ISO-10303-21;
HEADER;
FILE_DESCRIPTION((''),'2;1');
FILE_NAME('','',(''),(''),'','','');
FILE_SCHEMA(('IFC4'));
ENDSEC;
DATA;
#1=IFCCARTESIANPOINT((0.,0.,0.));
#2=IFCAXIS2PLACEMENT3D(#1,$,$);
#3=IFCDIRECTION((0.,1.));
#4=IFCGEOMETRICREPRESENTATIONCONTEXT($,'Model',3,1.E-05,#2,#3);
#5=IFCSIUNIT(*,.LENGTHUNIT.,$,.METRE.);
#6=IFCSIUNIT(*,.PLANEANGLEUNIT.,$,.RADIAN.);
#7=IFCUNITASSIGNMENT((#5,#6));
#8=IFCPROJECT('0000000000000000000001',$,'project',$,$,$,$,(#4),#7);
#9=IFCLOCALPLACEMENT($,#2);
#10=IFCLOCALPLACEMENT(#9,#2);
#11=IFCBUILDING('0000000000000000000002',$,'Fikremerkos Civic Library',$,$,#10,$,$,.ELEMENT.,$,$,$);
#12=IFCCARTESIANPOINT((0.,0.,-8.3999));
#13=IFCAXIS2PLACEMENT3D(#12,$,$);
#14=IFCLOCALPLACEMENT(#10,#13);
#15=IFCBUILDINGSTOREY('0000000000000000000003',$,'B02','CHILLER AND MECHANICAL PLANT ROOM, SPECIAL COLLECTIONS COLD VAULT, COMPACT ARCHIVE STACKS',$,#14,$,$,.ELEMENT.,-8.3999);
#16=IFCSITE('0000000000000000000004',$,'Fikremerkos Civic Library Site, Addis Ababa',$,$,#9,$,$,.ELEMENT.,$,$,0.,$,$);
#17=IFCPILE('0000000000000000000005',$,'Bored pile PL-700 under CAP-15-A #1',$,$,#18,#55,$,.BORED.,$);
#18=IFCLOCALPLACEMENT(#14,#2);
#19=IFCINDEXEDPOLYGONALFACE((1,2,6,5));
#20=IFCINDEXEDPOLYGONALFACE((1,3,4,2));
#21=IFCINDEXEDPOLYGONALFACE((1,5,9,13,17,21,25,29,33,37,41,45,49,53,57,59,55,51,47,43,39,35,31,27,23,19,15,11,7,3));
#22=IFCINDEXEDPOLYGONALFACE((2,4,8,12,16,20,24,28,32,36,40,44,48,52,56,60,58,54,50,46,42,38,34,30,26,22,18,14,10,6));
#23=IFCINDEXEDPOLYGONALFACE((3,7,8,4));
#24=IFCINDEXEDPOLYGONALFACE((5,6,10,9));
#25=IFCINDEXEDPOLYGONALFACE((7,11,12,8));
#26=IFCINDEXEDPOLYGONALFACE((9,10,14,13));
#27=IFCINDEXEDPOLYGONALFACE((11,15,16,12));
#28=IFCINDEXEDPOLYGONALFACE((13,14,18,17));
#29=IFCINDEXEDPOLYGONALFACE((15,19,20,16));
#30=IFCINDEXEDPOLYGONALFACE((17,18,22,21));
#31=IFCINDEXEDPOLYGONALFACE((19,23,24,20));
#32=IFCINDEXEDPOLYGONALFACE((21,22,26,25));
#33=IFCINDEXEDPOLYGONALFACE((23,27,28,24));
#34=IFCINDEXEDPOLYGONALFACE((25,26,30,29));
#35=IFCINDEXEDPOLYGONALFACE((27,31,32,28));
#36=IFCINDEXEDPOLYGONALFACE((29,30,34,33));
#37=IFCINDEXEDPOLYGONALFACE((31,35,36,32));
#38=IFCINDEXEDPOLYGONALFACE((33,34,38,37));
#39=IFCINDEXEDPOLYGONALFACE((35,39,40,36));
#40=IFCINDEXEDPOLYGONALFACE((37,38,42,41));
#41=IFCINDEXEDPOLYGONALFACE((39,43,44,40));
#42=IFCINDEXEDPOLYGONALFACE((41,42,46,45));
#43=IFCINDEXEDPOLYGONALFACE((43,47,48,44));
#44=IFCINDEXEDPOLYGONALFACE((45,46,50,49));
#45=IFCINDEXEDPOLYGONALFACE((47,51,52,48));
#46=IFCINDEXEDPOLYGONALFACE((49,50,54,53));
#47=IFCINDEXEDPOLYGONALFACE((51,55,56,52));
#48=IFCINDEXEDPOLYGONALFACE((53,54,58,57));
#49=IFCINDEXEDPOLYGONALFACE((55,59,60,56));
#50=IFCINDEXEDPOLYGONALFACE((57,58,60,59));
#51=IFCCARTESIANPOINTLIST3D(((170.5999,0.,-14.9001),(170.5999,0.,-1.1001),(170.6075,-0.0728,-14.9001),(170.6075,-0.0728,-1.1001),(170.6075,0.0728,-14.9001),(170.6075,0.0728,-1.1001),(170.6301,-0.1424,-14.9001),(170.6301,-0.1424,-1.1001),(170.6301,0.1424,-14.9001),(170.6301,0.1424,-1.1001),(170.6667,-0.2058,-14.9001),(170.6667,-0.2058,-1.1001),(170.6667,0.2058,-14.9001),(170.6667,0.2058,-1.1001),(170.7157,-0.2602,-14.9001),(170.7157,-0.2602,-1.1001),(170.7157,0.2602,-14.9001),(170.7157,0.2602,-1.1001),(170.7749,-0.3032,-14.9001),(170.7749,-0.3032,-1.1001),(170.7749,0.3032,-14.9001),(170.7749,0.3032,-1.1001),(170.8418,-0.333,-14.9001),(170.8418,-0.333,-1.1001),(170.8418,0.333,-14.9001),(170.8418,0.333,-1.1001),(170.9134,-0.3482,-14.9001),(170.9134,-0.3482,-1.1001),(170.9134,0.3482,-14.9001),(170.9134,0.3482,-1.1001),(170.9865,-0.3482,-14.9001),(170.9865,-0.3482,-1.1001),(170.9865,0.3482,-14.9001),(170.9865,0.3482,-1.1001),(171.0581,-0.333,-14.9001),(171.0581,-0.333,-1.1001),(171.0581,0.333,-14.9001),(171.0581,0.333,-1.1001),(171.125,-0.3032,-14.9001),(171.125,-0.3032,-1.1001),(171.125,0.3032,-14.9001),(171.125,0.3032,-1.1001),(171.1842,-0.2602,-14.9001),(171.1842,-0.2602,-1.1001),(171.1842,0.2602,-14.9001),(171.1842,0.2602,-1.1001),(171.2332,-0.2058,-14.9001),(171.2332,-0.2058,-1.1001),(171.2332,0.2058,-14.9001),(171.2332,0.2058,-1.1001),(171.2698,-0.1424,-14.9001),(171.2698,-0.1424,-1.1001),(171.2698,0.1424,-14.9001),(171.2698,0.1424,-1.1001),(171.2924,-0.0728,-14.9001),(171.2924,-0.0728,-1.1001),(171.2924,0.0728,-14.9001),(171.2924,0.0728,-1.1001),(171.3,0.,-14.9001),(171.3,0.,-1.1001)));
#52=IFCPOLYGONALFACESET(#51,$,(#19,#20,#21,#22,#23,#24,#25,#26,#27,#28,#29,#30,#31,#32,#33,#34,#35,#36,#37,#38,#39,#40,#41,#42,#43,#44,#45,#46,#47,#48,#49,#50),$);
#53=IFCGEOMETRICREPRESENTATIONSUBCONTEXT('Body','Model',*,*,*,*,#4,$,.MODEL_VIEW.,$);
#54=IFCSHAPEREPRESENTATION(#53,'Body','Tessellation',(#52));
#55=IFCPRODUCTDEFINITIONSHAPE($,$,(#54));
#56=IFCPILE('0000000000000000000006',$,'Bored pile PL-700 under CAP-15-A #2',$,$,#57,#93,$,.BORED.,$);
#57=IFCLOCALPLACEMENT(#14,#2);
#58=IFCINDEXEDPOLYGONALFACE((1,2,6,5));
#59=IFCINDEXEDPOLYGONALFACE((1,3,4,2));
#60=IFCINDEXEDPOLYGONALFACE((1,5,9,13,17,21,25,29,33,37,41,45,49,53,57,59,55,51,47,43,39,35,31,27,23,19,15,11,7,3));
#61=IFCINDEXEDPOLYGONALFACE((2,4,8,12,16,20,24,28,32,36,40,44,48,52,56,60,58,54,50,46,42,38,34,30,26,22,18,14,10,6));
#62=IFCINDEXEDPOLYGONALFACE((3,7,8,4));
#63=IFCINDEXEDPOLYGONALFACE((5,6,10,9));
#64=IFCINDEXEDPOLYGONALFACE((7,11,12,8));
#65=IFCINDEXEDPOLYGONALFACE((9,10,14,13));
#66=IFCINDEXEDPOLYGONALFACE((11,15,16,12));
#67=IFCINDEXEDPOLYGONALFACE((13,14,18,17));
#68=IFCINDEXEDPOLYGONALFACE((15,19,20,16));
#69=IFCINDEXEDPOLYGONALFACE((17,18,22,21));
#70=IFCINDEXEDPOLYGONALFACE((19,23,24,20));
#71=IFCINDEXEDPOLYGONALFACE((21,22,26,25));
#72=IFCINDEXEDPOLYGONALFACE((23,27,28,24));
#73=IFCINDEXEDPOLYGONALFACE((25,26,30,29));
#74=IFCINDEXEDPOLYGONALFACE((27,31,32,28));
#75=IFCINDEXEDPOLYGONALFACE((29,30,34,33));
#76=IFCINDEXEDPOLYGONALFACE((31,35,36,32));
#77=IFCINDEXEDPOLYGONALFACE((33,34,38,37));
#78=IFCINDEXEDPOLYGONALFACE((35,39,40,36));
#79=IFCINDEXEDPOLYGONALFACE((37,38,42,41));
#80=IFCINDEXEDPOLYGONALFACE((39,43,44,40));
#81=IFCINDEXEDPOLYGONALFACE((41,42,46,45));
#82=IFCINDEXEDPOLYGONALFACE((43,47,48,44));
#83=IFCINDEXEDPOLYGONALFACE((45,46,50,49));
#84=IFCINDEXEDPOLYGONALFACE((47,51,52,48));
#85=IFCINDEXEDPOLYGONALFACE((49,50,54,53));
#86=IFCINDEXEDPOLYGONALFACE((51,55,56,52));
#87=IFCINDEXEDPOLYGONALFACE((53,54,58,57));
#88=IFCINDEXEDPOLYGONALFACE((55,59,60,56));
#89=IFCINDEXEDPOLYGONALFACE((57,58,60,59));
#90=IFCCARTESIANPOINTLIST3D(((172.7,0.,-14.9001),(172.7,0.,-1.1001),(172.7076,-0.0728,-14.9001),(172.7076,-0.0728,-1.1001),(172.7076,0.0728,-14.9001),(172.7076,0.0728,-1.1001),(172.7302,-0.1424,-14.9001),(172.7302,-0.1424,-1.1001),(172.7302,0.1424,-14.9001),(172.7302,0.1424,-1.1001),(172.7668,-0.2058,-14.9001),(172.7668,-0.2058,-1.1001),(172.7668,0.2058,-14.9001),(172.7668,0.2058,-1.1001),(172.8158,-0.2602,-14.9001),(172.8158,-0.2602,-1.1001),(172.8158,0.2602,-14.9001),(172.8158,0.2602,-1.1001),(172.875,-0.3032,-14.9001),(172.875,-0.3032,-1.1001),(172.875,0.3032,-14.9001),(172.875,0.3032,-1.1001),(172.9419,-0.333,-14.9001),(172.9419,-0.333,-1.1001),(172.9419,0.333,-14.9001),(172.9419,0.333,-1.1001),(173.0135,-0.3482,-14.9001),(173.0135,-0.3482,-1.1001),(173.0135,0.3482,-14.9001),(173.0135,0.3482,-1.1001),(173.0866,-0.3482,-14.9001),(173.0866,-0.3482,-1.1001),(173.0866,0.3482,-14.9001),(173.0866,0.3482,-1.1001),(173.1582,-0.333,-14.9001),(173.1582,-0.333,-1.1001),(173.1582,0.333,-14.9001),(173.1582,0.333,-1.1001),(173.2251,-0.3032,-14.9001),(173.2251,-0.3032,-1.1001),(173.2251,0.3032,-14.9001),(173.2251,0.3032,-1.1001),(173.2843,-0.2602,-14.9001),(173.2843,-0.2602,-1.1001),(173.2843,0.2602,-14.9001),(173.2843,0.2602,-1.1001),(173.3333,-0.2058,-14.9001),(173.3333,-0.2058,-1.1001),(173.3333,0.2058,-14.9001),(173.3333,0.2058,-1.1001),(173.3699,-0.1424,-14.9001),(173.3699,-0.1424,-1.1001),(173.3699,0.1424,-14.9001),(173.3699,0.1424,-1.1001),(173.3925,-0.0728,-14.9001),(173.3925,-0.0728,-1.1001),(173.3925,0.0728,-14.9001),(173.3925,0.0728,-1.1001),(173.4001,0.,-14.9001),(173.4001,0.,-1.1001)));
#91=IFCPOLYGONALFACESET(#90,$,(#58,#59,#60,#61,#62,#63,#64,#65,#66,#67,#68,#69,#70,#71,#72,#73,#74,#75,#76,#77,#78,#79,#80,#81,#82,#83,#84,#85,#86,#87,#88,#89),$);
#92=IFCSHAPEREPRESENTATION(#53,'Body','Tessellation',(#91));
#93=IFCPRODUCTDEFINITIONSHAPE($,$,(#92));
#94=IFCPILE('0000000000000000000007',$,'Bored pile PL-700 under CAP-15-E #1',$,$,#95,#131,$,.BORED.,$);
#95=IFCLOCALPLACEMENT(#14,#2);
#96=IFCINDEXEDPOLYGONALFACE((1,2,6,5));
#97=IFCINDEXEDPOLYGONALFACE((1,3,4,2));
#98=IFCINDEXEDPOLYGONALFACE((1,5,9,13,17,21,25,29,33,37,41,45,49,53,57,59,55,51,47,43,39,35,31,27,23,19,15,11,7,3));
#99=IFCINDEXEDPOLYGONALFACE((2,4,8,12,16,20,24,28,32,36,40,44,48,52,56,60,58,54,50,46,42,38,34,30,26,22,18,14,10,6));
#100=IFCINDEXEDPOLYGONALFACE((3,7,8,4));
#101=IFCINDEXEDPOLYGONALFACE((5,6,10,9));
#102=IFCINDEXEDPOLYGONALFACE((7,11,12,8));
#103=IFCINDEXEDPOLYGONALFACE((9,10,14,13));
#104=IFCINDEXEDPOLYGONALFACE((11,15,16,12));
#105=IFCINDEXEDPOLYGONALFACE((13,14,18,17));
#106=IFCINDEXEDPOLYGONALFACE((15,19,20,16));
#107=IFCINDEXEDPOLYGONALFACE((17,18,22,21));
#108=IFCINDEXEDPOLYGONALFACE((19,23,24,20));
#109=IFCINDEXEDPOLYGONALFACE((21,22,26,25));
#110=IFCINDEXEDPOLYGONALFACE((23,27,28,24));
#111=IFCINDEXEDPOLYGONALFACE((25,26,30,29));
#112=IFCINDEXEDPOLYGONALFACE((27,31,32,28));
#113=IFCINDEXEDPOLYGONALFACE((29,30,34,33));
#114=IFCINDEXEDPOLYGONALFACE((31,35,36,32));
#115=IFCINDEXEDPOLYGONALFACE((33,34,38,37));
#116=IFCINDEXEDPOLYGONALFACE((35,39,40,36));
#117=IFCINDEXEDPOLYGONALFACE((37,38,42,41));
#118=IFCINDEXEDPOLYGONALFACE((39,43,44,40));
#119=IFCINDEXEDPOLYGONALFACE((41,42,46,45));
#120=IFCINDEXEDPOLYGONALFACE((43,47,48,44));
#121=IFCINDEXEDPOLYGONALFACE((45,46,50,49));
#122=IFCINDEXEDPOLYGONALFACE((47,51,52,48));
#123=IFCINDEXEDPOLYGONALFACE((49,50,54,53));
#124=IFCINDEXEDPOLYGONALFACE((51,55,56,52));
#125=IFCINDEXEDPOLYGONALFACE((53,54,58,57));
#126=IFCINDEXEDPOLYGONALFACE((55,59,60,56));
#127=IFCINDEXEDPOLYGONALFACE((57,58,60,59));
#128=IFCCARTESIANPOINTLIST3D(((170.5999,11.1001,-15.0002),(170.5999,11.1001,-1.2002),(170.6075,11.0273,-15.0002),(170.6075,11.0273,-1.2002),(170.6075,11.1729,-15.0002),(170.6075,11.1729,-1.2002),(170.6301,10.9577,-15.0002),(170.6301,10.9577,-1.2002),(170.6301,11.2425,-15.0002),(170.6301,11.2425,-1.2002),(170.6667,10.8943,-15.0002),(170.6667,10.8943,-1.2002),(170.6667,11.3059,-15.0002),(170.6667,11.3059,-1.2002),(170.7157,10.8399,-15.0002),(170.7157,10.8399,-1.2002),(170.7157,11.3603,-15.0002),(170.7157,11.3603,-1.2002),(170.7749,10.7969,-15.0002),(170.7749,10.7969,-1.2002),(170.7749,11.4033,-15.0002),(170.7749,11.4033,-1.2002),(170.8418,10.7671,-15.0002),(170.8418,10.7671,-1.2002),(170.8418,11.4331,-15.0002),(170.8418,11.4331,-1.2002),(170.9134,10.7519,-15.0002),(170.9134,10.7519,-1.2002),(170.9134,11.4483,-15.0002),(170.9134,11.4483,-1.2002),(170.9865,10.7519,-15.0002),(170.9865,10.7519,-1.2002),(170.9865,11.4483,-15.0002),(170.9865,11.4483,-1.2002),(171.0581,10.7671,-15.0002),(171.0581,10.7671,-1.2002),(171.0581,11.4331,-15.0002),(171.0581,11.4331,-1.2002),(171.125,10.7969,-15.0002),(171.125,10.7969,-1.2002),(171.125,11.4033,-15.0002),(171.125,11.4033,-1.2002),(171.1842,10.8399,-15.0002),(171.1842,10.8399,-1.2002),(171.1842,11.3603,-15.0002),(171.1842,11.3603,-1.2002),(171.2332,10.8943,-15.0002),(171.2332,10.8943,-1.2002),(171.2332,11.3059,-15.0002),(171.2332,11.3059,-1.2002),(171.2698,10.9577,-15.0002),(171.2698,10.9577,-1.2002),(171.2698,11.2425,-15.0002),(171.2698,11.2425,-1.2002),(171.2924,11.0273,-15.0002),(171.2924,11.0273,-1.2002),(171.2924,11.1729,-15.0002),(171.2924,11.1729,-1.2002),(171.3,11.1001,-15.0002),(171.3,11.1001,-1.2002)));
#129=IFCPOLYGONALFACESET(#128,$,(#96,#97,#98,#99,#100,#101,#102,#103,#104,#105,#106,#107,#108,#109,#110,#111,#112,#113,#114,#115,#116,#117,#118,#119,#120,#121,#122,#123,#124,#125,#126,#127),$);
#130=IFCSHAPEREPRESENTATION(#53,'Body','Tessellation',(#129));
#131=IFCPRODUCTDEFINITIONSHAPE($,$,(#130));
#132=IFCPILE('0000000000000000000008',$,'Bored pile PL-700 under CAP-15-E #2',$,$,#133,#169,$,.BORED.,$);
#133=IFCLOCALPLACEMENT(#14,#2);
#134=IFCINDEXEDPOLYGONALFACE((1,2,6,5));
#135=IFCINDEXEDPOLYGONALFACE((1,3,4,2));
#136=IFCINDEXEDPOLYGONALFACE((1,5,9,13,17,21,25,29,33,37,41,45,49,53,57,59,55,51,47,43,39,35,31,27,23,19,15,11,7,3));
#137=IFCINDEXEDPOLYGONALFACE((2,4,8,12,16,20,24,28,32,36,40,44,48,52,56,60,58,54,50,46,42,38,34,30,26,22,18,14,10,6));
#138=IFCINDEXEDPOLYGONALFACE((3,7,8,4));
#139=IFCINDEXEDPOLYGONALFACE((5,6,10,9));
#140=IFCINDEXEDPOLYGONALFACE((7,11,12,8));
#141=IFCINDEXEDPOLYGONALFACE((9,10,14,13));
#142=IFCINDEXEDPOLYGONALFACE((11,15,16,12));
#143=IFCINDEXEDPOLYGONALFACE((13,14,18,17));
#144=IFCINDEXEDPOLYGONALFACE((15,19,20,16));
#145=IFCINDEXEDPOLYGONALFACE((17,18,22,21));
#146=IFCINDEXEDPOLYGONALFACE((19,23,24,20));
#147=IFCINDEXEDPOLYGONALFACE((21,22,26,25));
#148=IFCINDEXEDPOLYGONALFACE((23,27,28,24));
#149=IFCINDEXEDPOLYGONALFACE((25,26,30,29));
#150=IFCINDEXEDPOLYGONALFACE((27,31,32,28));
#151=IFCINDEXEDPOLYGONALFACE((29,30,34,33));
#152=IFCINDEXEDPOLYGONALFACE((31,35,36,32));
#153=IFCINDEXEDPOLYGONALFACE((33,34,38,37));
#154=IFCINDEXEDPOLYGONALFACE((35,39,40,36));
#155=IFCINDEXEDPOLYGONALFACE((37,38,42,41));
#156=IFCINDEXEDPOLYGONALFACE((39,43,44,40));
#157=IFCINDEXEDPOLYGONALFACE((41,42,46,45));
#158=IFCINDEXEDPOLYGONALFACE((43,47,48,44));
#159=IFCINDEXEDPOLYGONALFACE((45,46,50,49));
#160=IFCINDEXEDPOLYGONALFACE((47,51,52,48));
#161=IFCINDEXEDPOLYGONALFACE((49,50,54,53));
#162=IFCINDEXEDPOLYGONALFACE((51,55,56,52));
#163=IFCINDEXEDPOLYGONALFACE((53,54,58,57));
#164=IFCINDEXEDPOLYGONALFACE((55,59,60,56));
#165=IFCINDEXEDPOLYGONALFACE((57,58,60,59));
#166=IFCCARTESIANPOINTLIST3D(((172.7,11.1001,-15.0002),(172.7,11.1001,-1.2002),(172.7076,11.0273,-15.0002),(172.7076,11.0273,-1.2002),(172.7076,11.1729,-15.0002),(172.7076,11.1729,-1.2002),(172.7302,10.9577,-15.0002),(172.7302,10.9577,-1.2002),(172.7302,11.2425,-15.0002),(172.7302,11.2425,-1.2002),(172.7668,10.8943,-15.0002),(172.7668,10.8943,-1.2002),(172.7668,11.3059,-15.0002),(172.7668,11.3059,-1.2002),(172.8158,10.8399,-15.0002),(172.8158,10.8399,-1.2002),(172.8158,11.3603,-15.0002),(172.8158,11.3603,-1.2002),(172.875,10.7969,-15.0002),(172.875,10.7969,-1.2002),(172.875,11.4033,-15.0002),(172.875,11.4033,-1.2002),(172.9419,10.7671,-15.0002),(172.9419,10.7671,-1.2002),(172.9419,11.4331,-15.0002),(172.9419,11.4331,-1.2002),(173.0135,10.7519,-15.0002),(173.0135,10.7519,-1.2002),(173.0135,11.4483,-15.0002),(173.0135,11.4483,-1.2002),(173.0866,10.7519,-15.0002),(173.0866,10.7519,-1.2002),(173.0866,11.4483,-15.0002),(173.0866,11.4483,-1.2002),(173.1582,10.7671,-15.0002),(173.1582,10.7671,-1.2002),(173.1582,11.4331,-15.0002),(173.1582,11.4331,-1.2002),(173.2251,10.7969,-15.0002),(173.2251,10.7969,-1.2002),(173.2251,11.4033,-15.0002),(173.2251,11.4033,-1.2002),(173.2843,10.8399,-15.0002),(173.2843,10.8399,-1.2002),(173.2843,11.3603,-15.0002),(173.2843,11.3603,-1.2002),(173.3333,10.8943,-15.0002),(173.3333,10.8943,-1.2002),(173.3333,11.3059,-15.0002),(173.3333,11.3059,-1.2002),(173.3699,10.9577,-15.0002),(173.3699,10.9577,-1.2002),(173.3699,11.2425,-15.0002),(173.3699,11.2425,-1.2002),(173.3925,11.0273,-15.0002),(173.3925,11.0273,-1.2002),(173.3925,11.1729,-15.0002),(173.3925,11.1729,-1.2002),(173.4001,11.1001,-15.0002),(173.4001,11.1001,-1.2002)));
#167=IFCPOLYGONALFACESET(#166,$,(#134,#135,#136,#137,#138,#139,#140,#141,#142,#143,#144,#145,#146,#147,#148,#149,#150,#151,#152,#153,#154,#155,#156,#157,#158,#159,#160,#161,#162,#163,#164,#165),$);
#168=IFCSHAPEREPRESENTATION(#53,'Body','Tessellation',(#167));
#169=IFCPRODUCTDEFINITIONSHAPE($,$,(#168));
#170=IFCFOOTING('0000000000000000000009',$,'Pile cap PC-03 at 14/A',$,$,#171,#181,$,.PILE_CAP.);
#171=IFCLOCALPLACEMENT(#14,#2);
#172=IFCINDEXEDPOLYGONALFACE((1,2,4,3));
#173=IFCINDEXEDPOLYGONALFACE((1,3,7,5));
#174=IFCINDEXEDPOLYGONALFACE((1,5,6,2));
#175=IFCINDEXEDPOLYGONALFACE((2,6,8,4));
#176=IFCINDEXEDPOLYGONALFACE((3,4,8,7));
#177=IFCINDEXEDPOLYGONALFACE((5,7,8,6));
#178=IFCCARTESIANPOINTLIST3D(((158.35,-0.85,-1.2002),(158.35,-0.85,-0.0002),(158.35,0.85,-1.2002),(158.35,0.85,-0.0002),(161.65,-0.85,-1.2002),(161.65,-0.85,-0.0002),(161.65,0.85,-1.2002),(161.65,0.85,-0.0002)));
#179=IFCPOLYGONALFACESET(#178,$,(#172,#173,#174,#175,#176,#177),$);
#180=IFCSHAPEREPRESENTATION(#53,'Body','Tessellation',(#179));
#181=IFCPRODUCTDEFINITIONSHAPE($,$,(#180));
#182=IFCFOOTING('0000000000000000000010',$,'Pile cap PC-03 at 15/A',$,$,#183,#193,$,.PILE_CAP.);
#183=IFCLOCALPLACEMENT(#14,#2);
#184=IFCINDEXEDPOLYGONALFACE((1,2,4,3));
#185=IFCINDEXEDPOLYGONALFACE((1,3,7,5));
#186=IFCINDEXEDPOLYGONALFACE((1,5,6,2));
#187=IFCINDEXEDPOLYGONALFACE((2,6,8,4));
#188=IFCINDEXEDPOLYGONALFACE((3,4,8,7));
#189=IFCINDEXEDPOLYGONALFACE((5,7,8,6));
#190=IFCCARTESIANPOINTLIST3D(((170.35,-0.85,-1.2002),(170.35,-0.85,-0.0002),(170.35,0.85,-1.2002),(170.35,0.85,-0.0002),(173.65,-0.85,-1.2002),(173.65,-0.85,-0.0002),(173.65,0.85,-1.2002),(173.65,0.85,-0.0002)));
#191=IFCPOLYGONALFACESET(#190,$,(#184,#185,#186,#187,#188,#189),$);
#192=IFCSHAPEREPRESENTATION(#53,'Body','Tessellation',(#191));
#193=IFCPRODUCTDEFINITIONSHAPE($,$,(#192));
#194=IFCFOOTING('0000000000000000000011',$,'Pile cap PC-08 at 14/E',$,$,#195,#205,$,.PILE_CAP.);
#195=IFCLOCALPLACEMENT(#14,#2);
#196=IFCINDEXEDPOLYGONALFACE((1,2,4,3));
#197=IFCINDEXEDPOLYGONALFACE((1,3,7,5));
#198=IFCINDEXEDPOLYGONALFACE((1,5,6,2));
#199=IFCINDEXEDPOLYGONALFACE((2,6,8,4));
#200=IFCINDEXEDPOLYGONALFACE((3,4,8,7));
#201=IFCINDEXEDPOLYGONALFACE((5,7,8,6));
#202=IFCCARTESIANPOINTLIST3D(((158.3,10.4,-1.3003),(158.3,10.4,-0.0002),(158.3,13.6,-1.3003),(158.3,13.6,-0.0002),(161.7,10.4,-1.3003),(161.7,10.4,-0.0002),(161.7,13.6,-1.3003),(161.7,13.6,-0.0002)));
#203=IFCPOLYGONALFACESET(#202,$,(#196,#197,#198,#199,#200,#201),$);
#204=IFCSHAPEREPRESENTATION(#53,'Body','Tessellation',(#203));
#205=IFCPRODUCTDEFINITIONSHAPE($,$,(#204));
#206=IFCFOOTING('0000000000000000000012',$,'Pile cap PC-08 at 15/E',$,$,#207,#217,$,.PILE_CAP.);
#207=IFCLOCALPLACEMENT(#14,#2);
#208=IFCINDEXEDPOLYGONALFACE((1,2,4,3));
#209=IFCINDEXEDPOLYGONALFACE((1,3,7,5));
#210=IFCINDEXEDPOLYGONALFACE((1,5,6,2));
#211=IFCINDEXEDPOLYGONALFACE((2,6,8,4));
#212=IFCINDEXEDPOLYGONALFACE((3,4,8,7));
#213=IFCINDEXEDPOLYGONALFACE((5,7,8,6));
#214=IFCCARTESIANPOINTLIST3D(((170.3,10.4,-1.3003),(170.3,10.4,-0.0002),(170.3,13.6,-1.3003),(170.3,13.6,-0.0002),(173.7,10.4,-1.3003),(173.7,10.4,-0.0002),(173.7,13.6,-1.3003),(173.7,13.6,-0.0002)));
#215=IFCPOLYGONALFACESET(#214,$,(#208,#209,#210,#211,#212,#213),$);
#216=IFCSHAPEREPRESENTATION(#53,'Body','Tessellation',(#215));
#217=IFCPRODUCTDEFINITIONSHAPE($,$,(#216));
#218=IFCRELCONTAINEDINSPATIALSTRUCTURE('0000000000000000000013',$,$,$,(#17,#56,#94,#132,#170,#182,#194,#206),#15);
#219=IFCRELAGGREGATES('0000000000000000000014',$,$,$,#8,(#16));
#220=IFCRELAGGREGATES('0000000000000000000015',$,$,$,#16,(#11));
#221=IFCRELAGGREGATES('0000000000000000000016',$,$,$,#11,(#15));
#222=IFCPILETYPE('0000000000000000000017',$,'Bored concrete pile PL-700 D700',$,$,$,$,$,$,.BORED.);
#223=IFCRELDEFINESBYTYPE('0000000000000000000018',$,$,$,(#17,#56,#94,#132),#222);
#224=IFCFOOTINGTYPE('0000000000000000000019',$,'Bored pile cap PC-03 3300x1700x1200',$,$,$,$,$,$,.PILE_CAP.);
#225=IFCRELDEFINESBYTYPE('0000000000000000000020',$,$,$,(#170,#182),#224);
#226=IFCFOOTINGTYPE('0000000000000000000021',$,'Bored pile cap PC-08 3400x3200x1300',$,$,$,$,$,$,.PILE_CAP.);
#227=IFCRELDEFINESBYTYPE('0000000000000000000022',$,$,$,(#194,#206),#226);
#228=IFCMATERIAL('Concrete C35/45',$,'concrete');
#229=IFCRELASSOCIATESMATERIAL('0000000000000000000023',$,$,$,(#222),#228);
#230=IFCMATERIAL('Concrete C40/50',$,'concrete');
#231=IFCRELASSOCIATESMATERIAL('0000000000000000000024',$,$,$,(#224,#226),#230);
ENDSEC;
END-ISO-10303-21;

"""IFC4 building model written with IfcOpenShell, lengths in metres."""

from ifc_helpers import new_model, si_unit, direction, frame, origin, origin_2d, place, context, subcontext, project, spatial, rectangle, circle, extrude, material, material_profile, profile_set, type_object, element, save


model = new_model("IFC4")

# Units and contexts
model_context = context("Model", 3, precision=1e-05, world=origin(), true_north=direction((0.0, 1.0)))
body_context = subcontext(model_context, "Body", "Model", "MODEL_VIEW")
ifc_project = project(units=[si_unit("LENGTHUNIT", "METRE"), si_unit("PLANEANGLEUNIT", "RADIAN")], contexts=[model_context])

# Site, building, storey
site_placement = place(None, origin())
site = spatial("IfcSite", under=ifc_project, at=site_placement, Name="Fikremerkos Civic Library Site, Addis Ababa", CompositionType="ELEMENT", RefElevation=0.0)
building_placement = place(site_placement, origin())
building = spatial("IfcBuilding", under=site, at=building_placement, Name="Fikremerkos Civic Library", CompositionType="ELEMENT")
storey_placement = place(building_placement, frame((0.0, 0.0, -8.3999)))
storey = spatial("IfcBuildingStorey", under=building, at=storey_placement, Name="B02", Description="CHILLER AND MECHANICAL PLANT ROOM, SPECIAL COLLECTIONS COLD VAULT, COMPACT ARCHIVE STACKS", CompositionType="ELEMENT", Elevation=-8.3999)

# Piles
ifc_material_1 = material(Name="Concrete C35/45", Category="concrete")
ifc_material_profile_1 = material_profile(ifc_material_1, circle(Radius=0.3501, at=origin_2d()), Name="BORED PILE 700")
ifc_profile_set_1 = profile_set([ifc_material_profile_1], Name="Concrete C35/45")
pile_type_1 = type_object("IfcPileType", Name="Bored concrete pile PL-700 D700", PredefinedType="BORED", material=ifc_profile_set_1)
for number, where, z_axis, x_axis, name in (
    (1, (170.95, 0.0, -1.1001), (0.0, 0.0, -1.0), (1.0, 0.0, 0.0), "Bored pile PL-700 under CAP-15-A #1"),
    (2, (173.05, 0.0, -1.1001), (0.0, 0.0, -1.0), (1.0, 0.0, 0.0), "Bored pile PL-700 under CAP-15-A #2"),
    (3, (170.95, 11.1001, -1.2002), (0.0, 0.0, -1.0), (1.0, 0.0, 0.0), "Bored pile PL-700 under CAP-15-E #1"),
    (4, (173.05, 11.1001, -1.2002), (0.0, 0.0, -1.0), (1.0, 0.0, 0.0), "Bored pile PL-700 under CAP-15-E #2"),
):
    element("IfcPile", number, at=place(storey_placement, frame(where, z_axis=z_axis, x_axis=x_axis)), inside=storey, type_object=pile_type_1, Name=name, PredefinedType="BORED", context=body_context, shape_type="SweptSolid", body=[
        extrude(circle(Radius=0.3501, at=origin_2d()), origin(), (0.0, 0.0, 1.0), 13.8),
    ])

# Footings
ifc_material_2 = material(Name="Concrete C40/50", Category="concrete")
footing_type_1 = type_object("IfcFootingType", Name="Bored pile cap PC-03 3300x1700x1200", PredefinedType="PILE_CAP", material=ifc_material_2)
for number, where, z_axis, x_axis, name in (
    (5, (160.0, 0.0, -1.2002), (0.0, 0.0, 1.0), (1.0, 0.0, 0.0), "Pile cap PC-03 at 14/A"),
    (6, (172.0, 0.0, -1.2002), (0.0, 0.0, 1.0), (1.0, 0.0, 0.0), "Pile cap PC-03 at 15/A"),
):
    element("IfcFooting", number, at=place(storey_placement, frame(where, z_axis=z_axis, x_axis=x_axis)), inside=storey, type_object=footing_type_1, Name=name, PredefinedType="PILE_CAP", context=body_context, shape_type="SweptSolid", body=[
        extrude(rectangle(XDim=3.3, YDim=1.7, at=origin_2d()), origin(), (0.0, 0.0, 1.0), 1.2),
    ])
footing_type_2 = type_object("IfcFootingType", Name="Bored pile cap PC-08 3400x3200x1300", PredefinedType="PILE_CAP", material=ifc_material_2)
for number, where, z_axis, x_axis, name in (
    (7, (160.0, 12.0, -1.3003), (0.0, 0.0, 1.0), (1.0, 0.0, 0.0), "Pile cap PC-08 at 14/E"),
    (8, (172.0, 12.0, -1.3003), (0.0, 0.0, 1.0), (1.0, 0.0, 0.0), "Pile cap PC-08 at 15/E"),
):
    element("IfcFooting", number, at=place(storey_placement, frame(where, z_axis=z_axis, x_axis=x_axis)), inside=storey, type_object=footing_type_2, Name=name, PredefinedType="PILE_CAP", context=body_context, shape_type="SweptSolid", body=[
        extrude(rectangle(XDim=3.3999, YDim=3.2, at=origin_2d()), origin(), (0.0, 0.0, 1.0), 1.3),
    ])

save(model, "model.ifc")
